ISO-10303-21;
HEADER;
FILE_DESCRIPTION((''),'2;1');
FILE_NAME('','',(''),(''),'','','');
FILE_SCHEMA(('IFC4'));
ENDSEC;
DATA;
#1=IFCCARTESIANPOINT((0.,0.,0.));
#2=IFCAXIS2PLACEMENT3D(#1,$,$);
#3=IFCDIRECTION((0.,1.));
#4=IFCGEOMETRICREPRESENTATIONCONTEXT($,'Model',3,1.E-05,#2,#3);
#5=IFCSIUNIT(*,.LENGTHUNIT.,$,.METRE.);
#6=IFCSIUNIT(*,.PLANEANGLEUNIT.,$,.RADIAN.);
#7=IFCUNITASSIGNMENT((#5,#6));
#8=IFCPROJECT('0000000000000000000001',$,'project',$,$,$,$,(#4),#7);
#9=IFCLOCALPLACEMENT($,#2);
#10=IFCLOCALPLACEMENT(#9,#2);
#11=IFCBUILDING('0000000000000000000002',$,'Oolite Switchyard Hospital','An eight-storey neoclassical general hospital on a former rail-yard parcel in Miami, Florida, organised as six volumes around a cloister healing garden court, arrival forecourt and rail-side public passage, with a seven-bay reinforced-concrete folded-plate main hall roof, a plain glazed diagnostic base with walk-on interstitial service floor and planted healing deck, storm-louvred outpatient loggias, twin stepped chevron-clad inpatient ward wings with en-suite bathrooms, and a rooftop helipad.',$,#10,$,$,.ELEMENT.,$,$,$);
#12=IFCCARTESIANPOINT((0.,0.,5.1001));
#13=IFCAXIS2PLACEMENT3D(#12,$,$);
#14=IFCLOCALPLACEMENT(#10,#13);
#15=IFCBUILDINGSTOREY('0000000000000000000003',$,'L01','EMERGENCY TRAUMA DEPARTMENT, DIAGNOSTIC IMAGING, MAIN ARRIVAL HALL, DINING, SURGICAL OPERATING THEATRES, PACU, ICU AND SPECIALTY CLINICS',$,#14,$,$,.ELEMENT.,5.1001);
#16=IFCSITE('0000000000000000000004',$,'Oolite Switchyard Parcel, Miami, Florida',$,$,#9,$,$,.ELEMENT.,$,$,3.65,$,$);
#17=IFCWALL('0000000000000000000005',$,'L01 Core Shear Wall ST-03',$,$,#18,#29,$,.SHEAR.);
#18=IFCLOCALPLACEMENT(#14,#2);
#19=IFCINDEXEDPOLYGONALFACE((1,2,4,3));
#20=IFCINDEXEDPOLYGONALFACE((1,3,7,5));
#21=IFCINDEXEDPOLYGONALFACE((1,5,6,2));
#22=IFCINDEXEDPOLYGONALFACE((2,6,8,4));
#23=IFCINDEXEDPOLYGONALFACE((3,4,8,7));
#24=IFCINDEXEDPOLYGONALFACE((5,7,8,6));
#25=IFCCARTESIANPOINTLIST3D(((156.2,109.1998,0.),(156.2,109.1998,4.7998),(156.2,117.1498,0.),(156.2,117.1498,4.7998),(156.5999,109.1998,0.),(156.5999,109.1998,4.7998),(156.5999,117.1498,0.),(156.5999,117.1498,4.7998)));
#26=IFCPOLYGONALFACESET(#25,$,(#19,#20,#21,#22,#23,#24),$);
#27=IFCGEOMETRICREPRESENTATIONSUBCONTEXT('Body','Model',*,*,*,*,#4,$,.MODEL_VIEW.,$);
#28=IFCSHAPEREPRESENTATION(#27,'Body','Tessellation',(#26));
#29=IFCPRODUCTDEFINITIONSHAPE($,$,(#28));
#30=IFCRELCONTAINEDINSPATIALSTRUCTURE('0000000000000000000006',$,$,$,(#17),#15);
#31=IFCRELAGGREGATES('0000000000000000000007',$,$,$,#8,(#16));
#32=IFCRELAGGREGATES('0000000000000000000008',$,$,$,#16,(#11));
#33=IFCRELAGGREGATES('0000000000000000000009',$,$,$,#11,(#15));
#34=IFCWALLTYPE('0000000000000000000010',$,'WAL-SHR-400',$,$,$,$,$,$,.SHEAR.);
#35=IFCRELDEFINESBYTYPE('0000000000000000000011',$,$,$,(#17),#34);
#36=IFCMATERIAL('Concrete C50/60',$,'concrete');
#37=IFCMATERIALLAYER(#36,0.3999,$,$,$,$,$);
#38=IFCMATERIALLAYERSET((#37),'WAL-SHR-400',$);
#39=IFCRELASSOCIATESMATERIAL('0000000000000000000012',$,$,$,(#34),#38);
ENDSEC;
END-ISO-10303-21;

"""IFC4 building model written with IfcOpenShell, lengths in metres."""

from ifc_helpers import new_model, si_unit, direction, frame, frame_2d, origin, place, context, subcontext, project, spatial, rectangle, extrude, material, layer, layer_set, type_object, element, save


model = new_model("IFC4")

# Units and contexts
model_context = context("Model", 3, precision=1e-05, world=origin(), true_north=direction((0.0, 1.0)))
body_context = subcontext(model_context, "Body", "Model", "MODEL_VIEW")
ifc_project = project(units=[si_unit("LENGTHUNIT", "METRE"), si_unit("PLANEANGLEUNIT", "RADIAN")], contexts=[model_context])

# Site, building, storey
site_placement = place(None, origin())
site = spatial("IfcSite", under=ifc_project, at=site_placement, Name="Oolite Switchyard Parcel, Miami, Florida", CompositionType="ELEMENT", RefElevation=3.65)
building_placement = place(site_placement, origin())
building = spatial("IfcBuilding", under=site, at=building_placement, Name="Oolite Switchyard Hospital", Description="An eight-storey neoclassical general hospital on a former rail-yard parcel in Miami, Florida, organised as six volumes around a cloister healing garden court, arrival forecourt and rail-side public passage, with a seven-bay reinforced-concrete folded-plate main hall roof, a plain glazed diagnostic base with walk-on interstitial service floor and planted healing deck, storm-louvred outpatient loggias, twin stepped chevron-clad inpatient ward wings with en-suite bathrooms, and a rooftop helipad.", CompositionType="ELEMENT")
storey_placement = place(building_placement, frame((0.0, 0.0, 5.1001)))
storey = spatial("IfcBuildingStorey", under=building, at=storey_placement, Name="L01", Description="EMERGENCY TRAUMA DEPARTMENT, DIAGNOSTIC IMAGING, MAIN ARRIVAL HALL, DINING, SURGICAL OPERATING THEATRES, PACU, ICU AND SPECIALTY CLINICS", CompositionType="ELEMENT", Elevation=5.1001)

# Shared definitions
ifc_material_1 = material(Name="Concrete C50/60", Category="concrete")

# Wall
ifc_layer_1 = layer(ifc_material_1, 0.3999)
ifc_layer_set_1 = layer_set([ifc_layer_1], Name="WAL-SHR-400")
wall_type_1 = type_object("IfcWallType", Name="WAL-SHR-400", PredefinedType="SHEAR", material=ifc_layer_set_1)
wall_1_placement = place(storey_placement, frame((156.3999, 117.1499, 0.0), z_axis=(0.0, 0.0, 1.0), x_axis=(0.0, -1.0, 0.0)))
element("IfcWall", 1, at=wall_1_placement, inside=storey, type_object=wall_type_1, Name="L01 Core Shear Wall ST-03", PredefinedType="SHEAR", context=body_context, shape_type="SweptSolid", body=[
    extrude(rectangle(XDim=7.95, YDim=0.3999, at=frame_2d((3.9751, 0.0))), origin(), (0.0, 0.0, 1.0), 4.7998),
])

save(model, "model.ifc")
